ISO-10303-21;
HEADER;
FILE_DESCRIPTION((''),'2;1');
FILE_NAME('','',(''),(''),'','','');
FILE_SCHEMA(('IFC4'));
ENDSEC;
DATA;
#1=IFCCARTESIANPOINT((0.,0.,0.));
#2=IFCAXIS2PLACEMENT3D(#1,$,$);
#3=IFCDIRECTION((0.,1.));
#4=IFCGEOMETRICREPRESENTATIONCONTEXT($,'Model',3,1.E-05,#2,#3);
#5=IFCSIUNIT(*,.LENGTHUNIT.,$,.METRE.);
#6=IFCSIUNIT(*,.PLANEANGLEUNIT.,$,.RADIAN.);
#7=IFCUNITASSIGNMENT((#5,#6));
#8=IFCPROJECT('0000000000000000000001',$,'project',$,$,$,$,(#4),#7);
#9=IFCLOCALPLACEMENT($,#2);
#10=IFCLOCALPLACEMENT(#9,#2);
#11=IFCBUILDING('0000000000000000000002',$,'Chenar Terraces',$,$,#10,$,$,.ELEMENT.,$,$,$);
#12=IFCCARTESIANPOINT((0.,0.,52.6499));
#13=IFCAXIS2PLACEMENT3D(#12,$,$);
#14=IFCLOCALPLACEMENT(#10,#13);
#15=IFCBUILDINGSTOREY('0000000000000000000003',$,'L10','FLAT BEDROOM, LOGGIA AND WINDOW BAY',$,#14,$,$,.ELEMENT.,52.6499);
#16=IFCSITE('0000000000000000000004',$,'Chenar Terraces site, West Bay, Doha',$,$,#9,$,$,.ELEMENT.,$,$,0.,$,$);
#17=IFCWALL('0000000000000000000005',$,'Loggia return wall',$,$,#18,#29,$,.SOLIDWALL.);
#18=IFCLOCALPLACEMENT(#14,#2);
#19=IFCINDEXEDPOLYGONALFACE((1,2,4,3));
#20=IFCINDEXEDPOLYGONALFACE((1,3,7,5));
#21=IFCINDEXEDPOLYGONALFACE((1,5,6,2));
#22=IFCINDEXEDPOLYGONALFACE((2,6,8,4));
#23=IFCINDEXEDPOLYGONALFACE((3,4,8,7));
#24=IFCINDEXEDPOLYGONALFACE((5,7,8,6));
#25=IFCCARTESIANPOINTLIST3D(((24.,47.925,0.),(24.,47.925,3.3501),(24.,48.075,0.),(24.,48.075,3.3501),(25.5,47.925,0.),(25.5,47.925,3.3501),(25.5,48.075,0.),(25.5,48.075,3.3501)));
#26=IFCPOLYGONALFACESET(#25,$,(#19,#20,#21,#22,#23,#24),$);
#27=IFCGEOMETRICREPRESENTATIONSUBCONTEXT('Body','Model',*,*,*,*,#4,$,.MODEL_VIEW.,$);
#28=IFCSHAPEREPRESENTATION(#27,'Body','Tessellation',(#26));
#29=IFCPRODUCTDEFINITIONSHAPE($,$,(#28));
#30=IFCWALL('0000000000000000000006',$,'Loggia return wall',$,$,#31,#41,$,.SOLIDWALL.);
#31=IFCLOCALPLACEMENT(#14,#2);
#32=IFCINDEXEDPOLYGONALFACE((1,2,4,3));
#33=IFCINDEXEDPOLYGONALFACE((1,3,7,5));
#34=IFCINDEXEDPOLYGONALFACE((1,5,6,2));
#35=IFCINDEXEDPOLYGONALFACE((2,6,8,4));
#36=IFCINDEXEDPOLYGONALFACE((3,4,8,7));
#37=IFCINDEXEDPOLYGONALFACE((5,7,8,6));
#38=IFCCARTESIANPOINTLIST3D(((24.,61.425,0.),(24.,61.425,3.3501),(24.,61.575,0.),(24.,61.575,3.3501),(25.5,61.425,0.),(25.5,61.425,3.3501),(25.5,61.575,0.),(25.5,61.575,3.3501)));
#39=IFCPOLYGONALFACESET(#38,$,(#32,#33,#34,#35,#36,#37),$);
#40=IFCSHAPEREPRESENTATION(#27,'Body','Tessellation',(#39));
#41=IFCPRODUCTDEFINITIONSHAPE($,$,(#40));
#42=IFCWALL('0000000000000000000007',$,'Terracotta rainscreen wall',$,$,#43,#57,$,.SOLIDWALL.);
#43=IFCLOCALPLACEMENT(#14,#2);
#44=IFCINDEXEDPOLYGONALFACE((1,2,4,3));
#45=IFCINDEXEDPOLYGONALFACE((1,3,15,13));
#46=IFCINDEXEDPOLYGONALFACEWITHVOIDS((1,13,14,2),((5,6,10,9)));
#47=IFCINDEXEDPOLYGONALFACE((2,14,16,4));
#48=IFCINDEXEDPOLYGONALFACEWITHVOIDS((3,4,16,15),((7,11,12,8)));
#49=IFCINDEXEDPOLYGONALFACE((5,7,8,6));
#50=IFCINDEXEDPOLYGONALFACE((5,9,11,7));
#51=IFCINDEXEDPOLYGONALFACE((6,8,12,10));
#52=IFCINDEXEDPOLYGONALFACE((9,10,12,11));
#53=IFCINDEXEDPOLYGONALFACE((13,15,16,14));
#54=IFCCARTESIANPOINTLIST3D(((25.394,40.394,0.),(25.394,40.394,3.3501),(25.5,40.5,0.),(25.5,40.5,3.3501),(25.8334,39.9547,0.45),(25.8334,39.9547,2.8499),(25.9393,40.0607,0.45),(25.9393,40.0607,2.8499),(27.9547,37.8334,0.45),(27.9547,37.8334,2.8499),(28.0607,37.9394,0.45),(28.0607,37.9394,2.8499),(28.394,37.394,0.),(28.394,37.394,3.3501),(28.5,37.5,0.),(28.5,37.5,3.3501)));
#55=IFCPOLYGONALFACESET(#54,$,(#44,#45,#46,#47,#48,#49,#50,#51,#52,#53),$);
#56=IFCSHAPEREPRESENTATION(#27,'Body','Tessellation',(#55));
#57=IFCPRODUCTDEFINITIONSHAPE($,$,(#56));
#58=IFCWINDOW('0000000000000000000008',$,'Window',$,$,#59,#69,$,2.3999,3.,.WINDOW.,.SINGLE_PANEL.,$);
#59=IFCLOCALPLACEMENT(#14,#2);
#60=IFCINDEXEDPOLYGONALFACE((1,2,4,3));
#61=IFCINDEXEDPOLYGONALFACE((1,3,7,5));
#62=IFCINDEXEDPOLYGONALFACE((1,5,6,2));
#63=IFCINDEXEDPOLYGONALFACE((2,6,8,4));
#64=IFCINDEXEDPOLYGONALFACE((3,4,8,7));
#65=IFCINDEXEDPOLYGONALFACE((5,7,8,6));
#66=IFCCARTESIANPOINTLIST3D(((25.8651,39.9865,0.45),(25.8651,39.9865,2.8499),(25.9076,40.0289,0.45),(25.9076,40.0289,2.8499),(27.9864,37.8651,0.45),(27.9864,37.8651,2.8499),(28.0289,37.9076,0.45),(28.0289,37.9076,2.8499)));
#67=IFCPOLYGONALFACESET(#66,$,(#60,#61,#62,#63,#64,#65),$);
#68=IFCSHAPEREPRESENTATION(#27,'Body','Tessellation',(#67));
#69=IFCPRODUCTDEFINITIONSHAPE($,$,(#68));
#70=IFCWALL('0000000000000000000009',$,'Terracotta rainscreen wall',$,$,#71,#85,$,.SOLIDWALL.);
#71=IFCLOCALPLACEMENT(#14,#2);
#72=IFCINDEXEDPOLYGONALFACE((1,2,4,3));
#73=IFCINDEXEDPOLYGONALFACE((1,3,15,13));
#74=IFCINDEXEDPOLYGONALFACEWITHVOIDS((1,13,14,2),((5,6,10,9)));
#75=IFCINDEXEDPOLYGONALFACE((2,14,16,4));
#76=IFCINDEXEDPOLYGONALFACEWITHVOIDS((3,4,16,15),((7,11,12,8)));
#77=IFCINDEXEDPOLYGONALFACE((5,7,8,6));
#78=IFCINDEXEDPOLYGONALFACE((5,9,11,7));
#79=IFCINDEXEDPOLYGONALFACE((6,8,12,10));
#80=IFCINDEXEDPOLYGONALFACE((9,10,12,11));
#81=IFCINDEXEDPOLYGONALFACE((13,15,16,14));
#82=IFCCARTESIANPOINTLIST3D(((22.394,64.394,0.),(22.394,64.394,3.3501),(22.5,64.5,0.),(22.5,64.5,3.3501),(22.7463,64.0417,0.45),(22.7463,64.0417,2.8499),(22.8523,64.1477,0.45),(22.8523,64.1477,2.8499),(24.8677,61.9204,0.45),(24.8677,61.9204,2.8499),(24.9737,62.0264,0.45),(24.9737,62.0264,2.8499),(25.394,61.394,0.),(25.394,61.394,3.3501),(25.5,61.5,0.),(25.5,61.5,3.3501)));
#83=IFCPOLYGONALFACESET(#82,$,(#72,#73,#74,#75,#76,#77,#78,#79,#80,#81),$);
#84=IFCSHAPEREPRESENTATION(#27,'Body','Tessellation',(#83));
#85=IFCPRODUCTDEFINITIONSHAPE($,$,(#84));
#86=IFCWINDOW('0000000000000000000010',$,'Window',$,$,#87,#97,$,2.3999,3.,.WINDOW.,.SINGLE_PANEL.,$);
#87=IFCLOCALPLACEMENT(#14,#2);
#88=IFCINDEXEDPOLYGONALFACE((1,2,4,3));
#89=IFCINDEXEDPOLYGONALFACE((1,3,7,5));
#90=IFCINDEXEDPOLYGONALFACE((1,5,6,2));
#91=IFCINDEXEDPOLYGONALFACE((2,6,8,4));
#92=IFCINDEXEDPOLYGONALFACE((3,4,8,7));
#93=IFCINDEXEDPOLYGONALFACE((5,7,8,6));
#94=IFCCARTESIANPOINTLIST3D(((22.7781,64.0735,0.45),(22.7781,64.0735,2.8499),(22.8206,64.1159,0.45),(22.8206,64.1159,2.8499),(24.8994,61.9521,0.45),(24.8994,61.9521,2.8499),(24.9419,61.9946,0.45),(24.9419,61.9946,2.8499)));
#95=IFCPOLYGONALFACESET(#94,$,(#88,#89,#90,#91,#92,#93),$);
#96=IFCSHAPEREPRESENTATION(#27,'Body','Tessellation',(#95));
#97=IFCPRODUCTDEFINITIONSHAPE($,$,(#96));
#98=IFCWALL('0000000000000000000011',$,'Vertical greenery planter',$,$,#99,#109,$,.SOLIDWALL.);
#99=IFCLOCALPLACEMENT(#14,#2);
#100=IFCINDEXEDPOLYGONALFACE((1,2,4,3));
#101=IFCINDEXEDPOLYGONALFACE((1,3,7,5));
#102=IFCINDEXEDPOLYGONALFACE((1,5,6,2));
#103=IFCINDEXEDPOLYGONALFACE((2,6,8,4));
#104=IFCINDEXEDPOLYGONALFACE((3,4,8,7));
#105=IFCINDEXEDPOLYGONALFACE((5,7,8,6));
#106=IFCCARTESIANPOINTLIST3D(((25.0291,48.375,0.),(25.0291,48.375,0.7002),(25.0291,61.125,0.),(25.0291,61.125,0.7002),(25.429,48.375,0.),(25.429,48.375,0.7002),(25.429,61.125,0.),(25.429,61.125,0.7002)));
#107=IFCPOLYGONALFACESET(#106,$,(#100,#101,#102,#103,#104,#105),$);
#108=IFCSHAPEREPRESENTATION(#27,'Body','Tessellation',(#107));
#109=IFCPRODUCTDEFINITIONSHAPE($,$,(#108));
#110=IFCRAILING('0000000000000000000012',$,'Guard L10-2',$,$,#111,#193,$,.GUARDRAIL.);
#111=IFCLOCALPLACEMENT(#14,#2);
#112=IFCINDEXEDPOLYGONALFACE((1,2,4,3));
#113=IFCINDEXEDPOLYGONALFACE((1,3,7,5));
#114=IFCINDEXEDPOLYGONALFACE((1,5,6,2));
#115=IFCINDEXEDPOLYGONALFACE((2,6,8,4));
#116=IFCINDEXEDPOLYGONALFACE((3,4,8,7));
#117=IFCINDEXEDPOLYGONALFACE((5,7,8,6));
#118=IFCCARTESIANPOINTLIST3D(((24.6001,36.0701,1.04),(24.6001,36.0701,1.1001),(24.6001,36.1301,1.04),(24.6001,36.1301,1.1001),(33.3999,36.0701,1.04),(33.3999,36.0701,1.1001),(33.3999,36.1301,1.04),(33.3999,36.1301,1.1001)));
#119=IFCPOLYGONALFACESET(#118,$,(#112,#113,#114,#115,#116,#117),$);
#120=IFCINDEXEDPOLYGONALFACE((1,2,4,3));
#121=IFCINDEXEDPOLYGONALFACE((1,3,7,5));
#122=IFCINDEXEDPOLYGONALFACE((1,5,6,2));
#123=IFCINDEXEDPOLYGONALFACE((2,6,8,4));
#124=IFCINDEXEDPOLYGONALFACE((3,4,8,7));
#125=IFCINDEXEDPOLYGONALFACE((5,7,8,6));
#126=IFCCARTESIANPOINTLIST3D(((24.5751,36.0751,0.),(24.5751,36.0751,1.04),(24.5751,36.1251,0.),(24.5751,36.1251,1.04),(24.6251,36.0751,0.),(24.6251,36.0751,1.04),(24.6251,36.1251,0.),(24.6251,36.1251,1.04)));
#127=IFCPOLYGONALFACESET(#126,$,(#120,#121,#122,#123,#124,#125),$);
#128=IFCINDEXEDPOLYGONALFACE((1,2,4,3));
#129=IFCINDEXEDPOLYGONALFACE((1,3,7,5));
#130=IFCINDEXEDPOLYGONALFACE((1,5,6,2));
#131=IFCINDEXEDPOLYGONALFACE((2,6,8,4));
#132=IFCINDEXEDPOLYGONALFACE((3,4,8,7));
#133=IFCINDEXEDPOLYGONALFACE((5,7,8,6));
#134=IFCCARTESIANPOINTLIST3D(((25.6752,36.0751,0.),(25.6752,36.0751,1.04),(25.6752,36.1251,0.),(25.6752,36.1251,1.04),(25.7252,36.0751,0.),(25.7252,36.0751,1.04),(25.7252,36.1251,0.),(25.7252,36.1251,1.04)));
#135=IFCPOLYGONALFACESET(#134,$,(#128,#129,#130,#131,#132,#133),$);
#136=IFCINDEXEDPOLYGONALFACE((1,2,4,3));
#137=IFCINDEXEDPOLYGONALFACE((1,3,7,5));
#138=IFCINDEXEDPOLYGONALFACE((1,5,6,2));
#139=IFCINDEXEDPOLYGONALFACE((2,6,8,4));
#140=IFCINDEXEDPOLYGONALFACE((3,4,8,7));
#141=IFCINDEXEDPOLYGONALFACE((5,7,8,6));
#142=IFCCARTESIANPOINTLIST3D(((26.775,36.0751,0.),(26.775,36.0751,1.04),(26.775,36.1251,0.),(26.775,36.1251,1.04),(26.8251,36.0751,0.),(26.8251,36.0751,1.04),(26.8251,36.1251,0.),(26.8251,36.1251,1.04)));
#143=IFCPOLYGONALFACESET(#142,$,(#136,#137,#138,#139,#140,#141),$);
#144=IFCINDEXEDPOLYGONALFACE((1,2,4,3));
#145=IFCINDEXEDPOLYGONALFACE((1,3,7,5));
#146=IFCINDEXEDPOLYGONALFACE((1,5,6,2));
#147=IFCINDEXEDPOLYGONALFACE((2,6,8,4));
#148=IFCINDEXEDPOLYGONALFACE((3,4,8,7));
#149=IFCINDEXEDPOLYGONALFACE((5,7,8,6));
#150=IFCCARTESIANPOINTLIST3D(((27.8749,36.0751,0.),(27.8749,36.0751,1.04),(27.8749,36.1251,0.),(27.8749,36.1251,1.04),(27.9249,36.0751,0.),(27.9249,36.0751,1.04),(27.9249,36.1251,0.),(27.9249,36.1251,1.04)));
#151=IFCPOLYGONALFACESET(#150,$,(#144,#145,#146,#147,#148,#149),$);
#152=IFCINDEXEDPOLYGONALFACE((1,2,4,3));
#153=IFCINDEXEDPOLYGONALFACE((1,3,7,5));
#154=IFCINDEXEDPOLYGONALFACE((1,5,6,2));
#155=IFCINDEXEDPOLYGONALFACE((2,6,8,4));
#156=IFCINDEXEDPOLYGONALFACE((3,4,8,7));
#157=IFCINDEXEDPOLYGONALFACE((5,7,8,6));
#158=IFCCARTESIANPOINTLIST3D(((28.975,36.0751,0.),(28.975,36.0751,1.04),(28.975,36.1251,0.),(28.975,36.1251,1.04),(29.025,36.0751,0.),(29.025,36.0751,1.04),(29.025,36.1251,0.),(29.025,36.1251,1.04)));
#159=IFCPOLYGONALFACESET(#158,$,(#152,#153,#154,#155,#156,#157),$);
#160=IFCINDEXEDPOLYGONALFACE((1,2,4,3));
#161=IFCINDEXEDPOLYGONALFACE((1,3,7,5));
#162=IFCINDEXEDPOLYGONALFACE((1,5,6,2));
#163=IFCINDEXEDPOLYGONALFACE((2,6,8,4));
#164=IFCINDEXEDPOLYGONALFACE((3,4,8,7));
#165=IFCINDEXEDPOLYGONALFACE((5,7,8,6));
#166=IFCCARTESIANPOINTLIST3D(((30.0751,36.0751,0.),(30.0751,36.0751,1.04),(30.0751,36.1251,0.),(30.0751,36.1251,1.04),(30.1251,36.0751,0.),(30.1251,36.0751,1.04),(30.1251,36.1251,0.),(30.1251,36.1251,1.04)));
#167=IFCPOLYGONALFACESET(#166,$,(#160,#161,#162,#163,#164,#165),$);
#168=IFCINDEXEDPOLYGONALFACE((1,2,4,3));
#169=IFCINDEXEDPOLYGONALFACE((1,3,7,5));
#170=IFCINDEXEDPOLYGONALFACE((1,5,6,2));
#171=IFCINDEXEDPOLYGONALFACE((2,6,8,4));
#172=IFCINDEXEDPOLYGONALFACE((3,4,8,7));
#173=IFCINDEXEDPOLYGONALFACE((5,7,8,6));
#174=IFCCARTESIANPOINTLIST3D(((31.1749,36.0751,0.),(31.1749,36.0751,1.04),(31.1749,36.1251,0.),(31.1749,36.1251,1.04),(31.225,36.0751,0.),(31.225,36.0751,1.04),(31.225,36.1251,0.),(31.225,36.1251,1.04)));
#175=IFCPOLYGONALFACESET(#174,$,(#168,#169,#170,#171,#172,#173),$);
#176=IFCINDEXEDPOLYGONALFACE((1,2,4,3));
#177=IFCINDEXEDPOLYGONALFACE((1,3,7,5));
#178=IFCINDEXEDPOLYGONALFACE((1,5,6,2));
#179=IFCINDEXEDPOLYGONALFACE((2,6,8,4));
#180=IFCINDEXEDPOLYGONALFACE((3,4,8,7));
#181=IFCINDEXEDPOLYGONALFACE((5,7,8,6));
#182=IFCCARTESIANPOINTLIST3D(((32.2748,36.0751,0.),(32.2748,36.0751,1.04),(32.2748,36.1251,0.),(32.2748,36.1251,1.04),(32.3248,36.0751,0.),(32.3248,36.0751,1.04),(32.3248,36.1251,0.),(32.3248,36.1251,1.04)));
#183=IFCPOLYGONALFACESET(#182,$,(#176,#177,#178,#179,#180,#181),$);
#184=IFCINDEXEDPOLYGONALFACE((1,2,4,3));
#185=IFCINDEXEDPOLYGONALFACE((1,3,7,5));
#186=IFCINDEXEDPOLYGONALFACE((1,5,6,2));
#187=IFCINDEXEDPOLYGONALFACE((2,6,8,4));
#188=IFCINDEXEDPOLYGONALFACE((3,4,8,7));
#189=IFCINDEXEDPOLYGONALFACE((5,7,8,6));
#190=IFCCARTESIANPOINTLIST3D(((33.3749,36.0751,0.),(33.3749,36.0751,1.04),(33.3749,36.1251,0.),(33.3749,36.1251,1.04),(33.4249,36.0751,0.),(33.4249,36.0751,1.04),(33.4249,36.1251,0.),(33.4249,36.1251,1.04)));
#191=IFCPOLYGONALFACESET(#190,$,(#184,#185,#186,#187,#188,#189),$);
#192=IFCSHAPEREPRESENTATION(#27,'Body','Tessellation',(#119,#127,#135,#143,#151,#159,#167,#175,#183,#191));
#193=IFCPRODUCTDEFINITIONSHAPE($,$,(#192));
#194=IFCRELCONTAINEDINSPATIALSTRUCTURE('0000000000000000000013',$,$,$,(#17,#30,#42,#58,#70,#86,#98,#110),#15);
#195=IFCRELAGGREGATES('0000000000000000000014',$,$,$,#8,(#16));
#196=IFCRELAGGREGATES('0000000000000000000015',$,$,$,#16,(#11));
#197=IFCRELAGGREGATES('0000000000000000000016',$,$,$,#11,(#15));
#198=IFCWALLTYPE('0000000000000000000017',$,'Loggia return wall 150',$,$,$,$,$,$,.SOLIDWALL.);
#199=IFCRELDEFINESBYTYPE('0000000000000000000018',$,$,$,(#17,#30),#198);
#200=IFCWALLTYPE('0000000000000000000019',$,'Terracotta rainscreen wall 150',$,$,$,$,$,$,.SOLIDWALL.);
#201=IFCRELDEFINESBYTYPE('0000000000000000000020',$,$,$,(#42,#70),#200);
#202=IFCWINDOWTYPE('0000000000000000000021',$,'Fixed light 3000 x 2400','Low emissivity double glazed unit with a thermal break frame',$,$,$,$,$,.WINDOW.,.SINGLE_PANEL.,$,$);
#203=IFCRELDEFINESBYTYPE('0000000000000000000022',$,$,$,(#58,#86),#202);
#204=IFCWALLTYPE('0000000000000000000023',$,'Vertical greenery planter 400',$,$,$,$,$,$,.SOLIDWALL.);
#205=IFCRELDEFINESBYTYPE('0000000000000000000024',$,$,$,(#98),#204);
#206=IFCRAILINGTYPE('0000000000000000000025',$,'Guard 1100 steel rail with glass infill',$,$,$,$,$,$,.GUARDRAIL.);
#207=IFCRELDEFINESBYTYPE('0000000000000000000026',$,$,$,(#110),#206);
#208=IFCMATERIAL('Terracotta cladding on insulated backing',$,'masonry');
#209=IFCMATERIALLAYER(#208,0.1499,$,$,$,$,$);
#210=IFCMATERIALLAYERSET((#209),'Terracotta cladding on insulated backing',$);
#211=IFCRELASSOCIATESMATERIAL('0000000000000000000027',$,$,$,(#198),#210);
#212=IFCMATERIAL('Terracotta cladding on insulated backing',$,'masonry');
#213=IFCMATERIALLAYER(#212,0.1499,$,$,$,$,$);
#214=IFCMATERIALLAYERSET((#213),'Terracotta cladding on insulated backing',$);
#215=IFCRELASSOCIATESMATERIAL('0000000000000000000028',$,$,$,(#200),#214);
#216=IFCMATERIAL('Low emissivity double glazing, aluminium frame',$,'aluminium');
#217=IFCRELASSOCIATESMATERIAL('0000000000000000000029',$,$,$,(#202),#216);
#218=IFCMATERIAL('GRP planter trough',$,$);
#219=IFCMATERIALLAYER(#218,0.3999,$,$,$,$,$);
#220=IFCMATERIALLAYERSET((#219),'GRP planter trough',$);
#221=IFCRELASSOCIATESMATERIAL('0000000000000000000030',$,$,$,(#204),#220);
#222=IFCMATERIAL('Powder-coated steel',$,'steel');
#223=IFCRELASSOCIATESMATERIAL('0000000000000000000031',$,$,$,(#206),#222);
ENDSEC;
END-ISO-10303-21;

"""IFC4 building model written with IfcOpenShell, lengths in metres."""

from ifc_helpers import new_model, si_unit, direction, frame, frame_2d, origin, origin_2d, place, context, subcontext, project, spatial, rectangle, extrude, material, layer, layer_set, type_object, element, fill, save


model = new_model("IFC4")

# Units and contexts
model_context = context("Model", 3, precision=1e-05, world=origin(), true_north=direction((0.0, 1.0)))
body_context = subcontext(model_context, "Body", "Model", "MODEL_VIEW")
ifc_project = project(units=[si_unit("LENGTHUNIT", "METRE"), si_unit("PLANEANGLEUNIT", "RADIAN")], contexts=[model_context])

# Site, building, storey
site_placement = place(None, origin())
site = spatial("IfcSite", under=ifc_project, at=site_placement, Name="Chenar Terraces site, West Bay, Doha", CompositionType="ELEMENT", RefElevation=0.0)
building_placement = place(site_placement, origin())
building = spatial("IfcBuilding", under=site, at=building_placement, Name="Chenar Terraces", CompositionType="ELEMENT")
storey_placement = place(building_placement, frame((0.0, 0.0, 52.6499)))
storey = spatial("IfcBuildingStorey", under=building, at=storey_placement, Name="L10", Description="FLAT BEDROOM, LOGGIA AND WINDOW BAY", CompositionType="ELEMENT", Elevation=52.6499)

# Walls
ifc_material_1 = material(Name="Terracotta cladding on insulated backing", Category="masonry")
ifc_layer_1 = layer(ifc_material_1, 0.1499)
ifc_layer_set_1 = layer_set([ifc_layer_1], Name="Terracotta cladding on insulated backing")
wall_type_1 = type_object("IfcWallType", Name="Loggia return wall 150", PredefinedType="SOLIDWALL", material=ifc_layer_set_1)
for number, where, z_axis, x_axis, name in (
    (1, (25.5, 48.0, 0.0), (0.0, 0.0, 1.0), (-1.0, 0.0, 0.0), "Loggia return wall"),
    (2, (25.5, 61.5, 0.0), (0.0, 0.0, 1.0), (-1.0, 0.0, 0.0), "Loggia return wall"),
):
    element("IfcWall", number, at=place(storey_placement, frame(where, z_axis=z_axis, x_axis=x_axis)), inside=storey, type_object=wall_type_1, Name=name, PredefinedType="SOLIDWALL", context=body_context, shape_type="SweptSolid", body=[
        extrude(rectangle(XDim=1.5, YDim=0.1499, at=frame_2d((0.75, 0.0))), origin(), (0.0, 0.0, 1.0), 3.3501),
    ])

# Walls, openings, windows
ifc_material_2 = material(Name="Terracotta cladding on insulated backing", Category="masonry")
ifc_layer_2 = layer(ifc_material_2, 0.1499)
ifc_layer_set_2 = layer_set([ifc_layer_2], Name="Terracotta cladding on insulated backing")
wall_type_2 = type_object("IfcWallType", Name="Terracotta rainscreen wall 150", PredefinedType="SOLIDWALL", material=ifc_layer_set_2)
wall_1_placement = place(storey_placement, frame((28.447, 37.447, 0.0), z_axis=(0.0, 0.0, 1.0), x_axis=(-0.707107, 0.707107, 0.0)))
wall_1 = element("IfcWall", 3, at=wall_1_placement, inside=storey, type_object=wall_type_2, Name="Terracotta rainscreen wall", PredefinedType="SOLIDWALL", context=body_context, shape_type="SweptSolid", body=[
    extrude(rectangle(XDim=4.2427, YDim=0.1499, at=frame_2d((2.1213, 0.0))), origin(), (0.0, 0.0, 1.0), 3.3501),
])
opening_1_placement = place(wall_1_placement, frame((0.6213, 0.0, 0.45)))
opening_1 = element("IfcOpeningElement", 4, at=opening_1_placement, cuts=wall_1, PredefinedType="OPENING", context=body_context, shape_type="SweptSolid", body=[
    extrude(rectangle(XDim=3.0, YDim=2.3999, at=frame_2d((1.5, 1.2))), frame((0.0, 0.085, 0.0), z_axis=(0.0, -1.0, 0.0), x_axis=(1.0, 0.0, 0.0)), (0.0, 0.0, 1.0), 0.1699),
])
ifc_material_3 = material(Name="Low emissivity double glazing, aluminium frame", Category="aluminium")
window_type_1 = type_object("IfcWindowType", Name="Fixed light 3000 x 2400", Description="Low emissivity double glazed unit with a thermal break frame", PartitioningType="SINGLE_PANEL", PredefinedType="WINDOW", material=ifc_material_3)
window_1_placement = place(opening_1_placement, origin())
window_1 = element("IfcWindow", 5, at=window_1_placement, inside=storey, type_object=window_type_1, Name="Window", OverallHeight=2.3999, OverallWidth=3.0, PartitioningType="SINGLE_PANEL", PredefinedType="WINDOW", context=body_context, shape_type="SweptSolid", body=[
    extrude(rectangle(XDim=3.0, YDim=2.3999, at=frame_2d((1.5, 1.2))), frame((0.0, 0.03, 0.0), z_axis=(0.0, -1.0, 0.0), x_axis=(1.0, 0.0, 0.0)), (0.0, 0.0, 1.0), 0.0601),
])
fill(opening_1, window_1)
wall_2_placement = place(storey_placement, frame((25.447, 61.447, 0.0), z_axis=(0.0, 0.0, 1.0), x_axis=(-0.707107, 0.707107, 0.0)))
wall_2 = element("IfcWall", 6, at=wall_2_placement, inside=storey, type_object=wall_type_2, Name="Terracotta rainscreen wall", PredefinedType="SOLIDWALL", context=body_context, shape_type="SweptSolid", body=[
    extrude(rectangle(XDim=4.2427, YDim=0.1499, at=frame_2d((2.1213, 0.0))), origin(), (0.0, 0.0, 1.0), 3.3501),
])
opening_2_placement = place(wall_2_placement, frame((0.7444, 0.0, 0.45)))
opening_2 = element("IfcOpeningElement", 7, at=opening_2_placement, cuts=wall_2, PredefinedType="OPENING", context=body_context, shape_type="SweptSolid", body=[
    extrude(rectangle(XDim=3.0, YDim=2.3999, at=frame_2d((1.5, 1.2))), frame((0.0, 0.085, 0.0), z_axis=(0.0, -1.0, 0.0), x_axis=(1.0, 0.0, 0.0)), (0.0, 0.0, 1.0), 0.1699),
])
window_2_placement = place(opening_2_placement, origin())
window_2 = element("IfcWindow", 8, at=window_2_placement, inside=storey, type_object=window_type_1, Name="Window", OverallHeight=2.3999, OverallWidth=3.0, PartitioningType="SINGLE_PANEL", PredefinedType="WINDOW", context=body_context, shape_type="SweptSolid", body=[
    extrude(rectangle(XDim=3.0, YDim=2.3999, at=frame_2d((1.5, 1.2))), frame((0.0, 0.03, 0.0), z_axis=(0.0, -1.0, 0.0), x_axis=(1.0, 0.0, 0.0)), (0.0, 0.0, 1.0), 0.0601),
])
fill(opening_2, window_2)

# Wall
ifc_material_4 = material(Name="GRP planter trough")
ifc_layer_3 = layer(ifc_material_4, 0.3999)
ifc_layer_set_3 = layer_set([ifc_layer_3], Name="GRP planter trough")
wall_type_3 = type_object("IfcWallType", Name="Vertical greenery planter 400", PredefinedType="SOLIDWALL", material=ifc_layer_set_3)
wall_3_placement = place(storey_placement, frame((25.229, 48.375, 0.0), z_axis=(0.0, 0.0, 1.0), x_axis=(0.0, 1.0, 0.0)))
element("IfcWall", 9, at=wall_3_placement, inside=storey, type_object=wall_type_3, Name="Vertical greenery planter", PredefinedType="SOLIDWALL", context=body_context, shape_type="SweptSolid", body=[
    extrude(rectangle(XDim=12.75, YDim=0.3999, at=frame_2d((6.375, 0.0))), origin(), (0.0, 0.0, 1.0), 0.7002),
])

# Railing
ifc_material_5 = material(Name="Powder-coated steel", Category="steel")
railing_type_1 = type_object("IfcRailingType", Name="Guard 1100 steel rail with glass infill", PredefinedType="GUARDRAIL", material=ifc_material_5)
railing_1_placement = place(storey_placement, frame((24.6001, 36.1001, 0.0)))
element("IfcRailing", 10, at=railing_1_placement, inside=storey, type_object=railing_type_1, Name="Guard L10-2", PredefinedType="GUARDRAIL", context=body_context, shape_type="SweptSolid", body=[
    extrude(rectangle(XDim=0.0601, YDim=0.0601, at=origin_2d()), frame((0.0, 0.0, 1.0701), z_axis=(1.0, 0.0, 0.0), x_axis=(0.0, 1.0, 0.0)), (0.0, 0.0, 1.0), 8.7998),
    extrude(rectangle(XDim=0.05, YDim=0.05, at=origin_2d()), origin(), (0.0, 0.0, 1.0), 1.04),
    extrude(rectangle(XDim=0.05, YDim=0.05, at=origin_2d()), frame((1.1001, 0.0, 0.0)), (0.0, 0.0, 1.0), 1.04),
    extrude(rectangle(XDim=0.05, YDim=0.05, at=origin_2d()), frame((2.2, 0.0, 0.0)), (0.0, 0.0, 1.0), 1.04),
    extrude(rectangle(XDim=0.05, YDim=0.05, at=origin_2d()), frame((3.2998, 0.0, 0.0)), (0.0, 0.0, 1.0), 1.04),
    extrude(rectangle(XDim=0.05, YDim=0.05, at=origin_2d()), frame((4.3999, 0.0, 0.0)), (0.0, 0.0, 1.0), 1.04),
    extrude(rectangle(XDim=0.05, YDim=0.05, at=origin_2d()), frame((5.5, 0.0, 0.0)), (0.0, 0.0, 1.0), 1.04),
    extrude(rectangle(XDim=0.05, YDim=0.05, at=origin_2d()), frame((6.5999, 0.0, 0.0)), (0.0, 0.0, 1.0), 1.04),
    extrude(rectangle(XDim=0.05, YDim=0.05, at=origin_2d()), frame((7.6997, 0.0, 0.0)), (0.0, 0.0, 1.0), 1.04),
    extrude(rectangle(XDim=0.05, YDim=0.05, at=origin_2d()), frame((8.7998, 0.0, 0.0)), (0.0, 0.0, 1.0), 1.04),
])

save(model, "model.ifc")
